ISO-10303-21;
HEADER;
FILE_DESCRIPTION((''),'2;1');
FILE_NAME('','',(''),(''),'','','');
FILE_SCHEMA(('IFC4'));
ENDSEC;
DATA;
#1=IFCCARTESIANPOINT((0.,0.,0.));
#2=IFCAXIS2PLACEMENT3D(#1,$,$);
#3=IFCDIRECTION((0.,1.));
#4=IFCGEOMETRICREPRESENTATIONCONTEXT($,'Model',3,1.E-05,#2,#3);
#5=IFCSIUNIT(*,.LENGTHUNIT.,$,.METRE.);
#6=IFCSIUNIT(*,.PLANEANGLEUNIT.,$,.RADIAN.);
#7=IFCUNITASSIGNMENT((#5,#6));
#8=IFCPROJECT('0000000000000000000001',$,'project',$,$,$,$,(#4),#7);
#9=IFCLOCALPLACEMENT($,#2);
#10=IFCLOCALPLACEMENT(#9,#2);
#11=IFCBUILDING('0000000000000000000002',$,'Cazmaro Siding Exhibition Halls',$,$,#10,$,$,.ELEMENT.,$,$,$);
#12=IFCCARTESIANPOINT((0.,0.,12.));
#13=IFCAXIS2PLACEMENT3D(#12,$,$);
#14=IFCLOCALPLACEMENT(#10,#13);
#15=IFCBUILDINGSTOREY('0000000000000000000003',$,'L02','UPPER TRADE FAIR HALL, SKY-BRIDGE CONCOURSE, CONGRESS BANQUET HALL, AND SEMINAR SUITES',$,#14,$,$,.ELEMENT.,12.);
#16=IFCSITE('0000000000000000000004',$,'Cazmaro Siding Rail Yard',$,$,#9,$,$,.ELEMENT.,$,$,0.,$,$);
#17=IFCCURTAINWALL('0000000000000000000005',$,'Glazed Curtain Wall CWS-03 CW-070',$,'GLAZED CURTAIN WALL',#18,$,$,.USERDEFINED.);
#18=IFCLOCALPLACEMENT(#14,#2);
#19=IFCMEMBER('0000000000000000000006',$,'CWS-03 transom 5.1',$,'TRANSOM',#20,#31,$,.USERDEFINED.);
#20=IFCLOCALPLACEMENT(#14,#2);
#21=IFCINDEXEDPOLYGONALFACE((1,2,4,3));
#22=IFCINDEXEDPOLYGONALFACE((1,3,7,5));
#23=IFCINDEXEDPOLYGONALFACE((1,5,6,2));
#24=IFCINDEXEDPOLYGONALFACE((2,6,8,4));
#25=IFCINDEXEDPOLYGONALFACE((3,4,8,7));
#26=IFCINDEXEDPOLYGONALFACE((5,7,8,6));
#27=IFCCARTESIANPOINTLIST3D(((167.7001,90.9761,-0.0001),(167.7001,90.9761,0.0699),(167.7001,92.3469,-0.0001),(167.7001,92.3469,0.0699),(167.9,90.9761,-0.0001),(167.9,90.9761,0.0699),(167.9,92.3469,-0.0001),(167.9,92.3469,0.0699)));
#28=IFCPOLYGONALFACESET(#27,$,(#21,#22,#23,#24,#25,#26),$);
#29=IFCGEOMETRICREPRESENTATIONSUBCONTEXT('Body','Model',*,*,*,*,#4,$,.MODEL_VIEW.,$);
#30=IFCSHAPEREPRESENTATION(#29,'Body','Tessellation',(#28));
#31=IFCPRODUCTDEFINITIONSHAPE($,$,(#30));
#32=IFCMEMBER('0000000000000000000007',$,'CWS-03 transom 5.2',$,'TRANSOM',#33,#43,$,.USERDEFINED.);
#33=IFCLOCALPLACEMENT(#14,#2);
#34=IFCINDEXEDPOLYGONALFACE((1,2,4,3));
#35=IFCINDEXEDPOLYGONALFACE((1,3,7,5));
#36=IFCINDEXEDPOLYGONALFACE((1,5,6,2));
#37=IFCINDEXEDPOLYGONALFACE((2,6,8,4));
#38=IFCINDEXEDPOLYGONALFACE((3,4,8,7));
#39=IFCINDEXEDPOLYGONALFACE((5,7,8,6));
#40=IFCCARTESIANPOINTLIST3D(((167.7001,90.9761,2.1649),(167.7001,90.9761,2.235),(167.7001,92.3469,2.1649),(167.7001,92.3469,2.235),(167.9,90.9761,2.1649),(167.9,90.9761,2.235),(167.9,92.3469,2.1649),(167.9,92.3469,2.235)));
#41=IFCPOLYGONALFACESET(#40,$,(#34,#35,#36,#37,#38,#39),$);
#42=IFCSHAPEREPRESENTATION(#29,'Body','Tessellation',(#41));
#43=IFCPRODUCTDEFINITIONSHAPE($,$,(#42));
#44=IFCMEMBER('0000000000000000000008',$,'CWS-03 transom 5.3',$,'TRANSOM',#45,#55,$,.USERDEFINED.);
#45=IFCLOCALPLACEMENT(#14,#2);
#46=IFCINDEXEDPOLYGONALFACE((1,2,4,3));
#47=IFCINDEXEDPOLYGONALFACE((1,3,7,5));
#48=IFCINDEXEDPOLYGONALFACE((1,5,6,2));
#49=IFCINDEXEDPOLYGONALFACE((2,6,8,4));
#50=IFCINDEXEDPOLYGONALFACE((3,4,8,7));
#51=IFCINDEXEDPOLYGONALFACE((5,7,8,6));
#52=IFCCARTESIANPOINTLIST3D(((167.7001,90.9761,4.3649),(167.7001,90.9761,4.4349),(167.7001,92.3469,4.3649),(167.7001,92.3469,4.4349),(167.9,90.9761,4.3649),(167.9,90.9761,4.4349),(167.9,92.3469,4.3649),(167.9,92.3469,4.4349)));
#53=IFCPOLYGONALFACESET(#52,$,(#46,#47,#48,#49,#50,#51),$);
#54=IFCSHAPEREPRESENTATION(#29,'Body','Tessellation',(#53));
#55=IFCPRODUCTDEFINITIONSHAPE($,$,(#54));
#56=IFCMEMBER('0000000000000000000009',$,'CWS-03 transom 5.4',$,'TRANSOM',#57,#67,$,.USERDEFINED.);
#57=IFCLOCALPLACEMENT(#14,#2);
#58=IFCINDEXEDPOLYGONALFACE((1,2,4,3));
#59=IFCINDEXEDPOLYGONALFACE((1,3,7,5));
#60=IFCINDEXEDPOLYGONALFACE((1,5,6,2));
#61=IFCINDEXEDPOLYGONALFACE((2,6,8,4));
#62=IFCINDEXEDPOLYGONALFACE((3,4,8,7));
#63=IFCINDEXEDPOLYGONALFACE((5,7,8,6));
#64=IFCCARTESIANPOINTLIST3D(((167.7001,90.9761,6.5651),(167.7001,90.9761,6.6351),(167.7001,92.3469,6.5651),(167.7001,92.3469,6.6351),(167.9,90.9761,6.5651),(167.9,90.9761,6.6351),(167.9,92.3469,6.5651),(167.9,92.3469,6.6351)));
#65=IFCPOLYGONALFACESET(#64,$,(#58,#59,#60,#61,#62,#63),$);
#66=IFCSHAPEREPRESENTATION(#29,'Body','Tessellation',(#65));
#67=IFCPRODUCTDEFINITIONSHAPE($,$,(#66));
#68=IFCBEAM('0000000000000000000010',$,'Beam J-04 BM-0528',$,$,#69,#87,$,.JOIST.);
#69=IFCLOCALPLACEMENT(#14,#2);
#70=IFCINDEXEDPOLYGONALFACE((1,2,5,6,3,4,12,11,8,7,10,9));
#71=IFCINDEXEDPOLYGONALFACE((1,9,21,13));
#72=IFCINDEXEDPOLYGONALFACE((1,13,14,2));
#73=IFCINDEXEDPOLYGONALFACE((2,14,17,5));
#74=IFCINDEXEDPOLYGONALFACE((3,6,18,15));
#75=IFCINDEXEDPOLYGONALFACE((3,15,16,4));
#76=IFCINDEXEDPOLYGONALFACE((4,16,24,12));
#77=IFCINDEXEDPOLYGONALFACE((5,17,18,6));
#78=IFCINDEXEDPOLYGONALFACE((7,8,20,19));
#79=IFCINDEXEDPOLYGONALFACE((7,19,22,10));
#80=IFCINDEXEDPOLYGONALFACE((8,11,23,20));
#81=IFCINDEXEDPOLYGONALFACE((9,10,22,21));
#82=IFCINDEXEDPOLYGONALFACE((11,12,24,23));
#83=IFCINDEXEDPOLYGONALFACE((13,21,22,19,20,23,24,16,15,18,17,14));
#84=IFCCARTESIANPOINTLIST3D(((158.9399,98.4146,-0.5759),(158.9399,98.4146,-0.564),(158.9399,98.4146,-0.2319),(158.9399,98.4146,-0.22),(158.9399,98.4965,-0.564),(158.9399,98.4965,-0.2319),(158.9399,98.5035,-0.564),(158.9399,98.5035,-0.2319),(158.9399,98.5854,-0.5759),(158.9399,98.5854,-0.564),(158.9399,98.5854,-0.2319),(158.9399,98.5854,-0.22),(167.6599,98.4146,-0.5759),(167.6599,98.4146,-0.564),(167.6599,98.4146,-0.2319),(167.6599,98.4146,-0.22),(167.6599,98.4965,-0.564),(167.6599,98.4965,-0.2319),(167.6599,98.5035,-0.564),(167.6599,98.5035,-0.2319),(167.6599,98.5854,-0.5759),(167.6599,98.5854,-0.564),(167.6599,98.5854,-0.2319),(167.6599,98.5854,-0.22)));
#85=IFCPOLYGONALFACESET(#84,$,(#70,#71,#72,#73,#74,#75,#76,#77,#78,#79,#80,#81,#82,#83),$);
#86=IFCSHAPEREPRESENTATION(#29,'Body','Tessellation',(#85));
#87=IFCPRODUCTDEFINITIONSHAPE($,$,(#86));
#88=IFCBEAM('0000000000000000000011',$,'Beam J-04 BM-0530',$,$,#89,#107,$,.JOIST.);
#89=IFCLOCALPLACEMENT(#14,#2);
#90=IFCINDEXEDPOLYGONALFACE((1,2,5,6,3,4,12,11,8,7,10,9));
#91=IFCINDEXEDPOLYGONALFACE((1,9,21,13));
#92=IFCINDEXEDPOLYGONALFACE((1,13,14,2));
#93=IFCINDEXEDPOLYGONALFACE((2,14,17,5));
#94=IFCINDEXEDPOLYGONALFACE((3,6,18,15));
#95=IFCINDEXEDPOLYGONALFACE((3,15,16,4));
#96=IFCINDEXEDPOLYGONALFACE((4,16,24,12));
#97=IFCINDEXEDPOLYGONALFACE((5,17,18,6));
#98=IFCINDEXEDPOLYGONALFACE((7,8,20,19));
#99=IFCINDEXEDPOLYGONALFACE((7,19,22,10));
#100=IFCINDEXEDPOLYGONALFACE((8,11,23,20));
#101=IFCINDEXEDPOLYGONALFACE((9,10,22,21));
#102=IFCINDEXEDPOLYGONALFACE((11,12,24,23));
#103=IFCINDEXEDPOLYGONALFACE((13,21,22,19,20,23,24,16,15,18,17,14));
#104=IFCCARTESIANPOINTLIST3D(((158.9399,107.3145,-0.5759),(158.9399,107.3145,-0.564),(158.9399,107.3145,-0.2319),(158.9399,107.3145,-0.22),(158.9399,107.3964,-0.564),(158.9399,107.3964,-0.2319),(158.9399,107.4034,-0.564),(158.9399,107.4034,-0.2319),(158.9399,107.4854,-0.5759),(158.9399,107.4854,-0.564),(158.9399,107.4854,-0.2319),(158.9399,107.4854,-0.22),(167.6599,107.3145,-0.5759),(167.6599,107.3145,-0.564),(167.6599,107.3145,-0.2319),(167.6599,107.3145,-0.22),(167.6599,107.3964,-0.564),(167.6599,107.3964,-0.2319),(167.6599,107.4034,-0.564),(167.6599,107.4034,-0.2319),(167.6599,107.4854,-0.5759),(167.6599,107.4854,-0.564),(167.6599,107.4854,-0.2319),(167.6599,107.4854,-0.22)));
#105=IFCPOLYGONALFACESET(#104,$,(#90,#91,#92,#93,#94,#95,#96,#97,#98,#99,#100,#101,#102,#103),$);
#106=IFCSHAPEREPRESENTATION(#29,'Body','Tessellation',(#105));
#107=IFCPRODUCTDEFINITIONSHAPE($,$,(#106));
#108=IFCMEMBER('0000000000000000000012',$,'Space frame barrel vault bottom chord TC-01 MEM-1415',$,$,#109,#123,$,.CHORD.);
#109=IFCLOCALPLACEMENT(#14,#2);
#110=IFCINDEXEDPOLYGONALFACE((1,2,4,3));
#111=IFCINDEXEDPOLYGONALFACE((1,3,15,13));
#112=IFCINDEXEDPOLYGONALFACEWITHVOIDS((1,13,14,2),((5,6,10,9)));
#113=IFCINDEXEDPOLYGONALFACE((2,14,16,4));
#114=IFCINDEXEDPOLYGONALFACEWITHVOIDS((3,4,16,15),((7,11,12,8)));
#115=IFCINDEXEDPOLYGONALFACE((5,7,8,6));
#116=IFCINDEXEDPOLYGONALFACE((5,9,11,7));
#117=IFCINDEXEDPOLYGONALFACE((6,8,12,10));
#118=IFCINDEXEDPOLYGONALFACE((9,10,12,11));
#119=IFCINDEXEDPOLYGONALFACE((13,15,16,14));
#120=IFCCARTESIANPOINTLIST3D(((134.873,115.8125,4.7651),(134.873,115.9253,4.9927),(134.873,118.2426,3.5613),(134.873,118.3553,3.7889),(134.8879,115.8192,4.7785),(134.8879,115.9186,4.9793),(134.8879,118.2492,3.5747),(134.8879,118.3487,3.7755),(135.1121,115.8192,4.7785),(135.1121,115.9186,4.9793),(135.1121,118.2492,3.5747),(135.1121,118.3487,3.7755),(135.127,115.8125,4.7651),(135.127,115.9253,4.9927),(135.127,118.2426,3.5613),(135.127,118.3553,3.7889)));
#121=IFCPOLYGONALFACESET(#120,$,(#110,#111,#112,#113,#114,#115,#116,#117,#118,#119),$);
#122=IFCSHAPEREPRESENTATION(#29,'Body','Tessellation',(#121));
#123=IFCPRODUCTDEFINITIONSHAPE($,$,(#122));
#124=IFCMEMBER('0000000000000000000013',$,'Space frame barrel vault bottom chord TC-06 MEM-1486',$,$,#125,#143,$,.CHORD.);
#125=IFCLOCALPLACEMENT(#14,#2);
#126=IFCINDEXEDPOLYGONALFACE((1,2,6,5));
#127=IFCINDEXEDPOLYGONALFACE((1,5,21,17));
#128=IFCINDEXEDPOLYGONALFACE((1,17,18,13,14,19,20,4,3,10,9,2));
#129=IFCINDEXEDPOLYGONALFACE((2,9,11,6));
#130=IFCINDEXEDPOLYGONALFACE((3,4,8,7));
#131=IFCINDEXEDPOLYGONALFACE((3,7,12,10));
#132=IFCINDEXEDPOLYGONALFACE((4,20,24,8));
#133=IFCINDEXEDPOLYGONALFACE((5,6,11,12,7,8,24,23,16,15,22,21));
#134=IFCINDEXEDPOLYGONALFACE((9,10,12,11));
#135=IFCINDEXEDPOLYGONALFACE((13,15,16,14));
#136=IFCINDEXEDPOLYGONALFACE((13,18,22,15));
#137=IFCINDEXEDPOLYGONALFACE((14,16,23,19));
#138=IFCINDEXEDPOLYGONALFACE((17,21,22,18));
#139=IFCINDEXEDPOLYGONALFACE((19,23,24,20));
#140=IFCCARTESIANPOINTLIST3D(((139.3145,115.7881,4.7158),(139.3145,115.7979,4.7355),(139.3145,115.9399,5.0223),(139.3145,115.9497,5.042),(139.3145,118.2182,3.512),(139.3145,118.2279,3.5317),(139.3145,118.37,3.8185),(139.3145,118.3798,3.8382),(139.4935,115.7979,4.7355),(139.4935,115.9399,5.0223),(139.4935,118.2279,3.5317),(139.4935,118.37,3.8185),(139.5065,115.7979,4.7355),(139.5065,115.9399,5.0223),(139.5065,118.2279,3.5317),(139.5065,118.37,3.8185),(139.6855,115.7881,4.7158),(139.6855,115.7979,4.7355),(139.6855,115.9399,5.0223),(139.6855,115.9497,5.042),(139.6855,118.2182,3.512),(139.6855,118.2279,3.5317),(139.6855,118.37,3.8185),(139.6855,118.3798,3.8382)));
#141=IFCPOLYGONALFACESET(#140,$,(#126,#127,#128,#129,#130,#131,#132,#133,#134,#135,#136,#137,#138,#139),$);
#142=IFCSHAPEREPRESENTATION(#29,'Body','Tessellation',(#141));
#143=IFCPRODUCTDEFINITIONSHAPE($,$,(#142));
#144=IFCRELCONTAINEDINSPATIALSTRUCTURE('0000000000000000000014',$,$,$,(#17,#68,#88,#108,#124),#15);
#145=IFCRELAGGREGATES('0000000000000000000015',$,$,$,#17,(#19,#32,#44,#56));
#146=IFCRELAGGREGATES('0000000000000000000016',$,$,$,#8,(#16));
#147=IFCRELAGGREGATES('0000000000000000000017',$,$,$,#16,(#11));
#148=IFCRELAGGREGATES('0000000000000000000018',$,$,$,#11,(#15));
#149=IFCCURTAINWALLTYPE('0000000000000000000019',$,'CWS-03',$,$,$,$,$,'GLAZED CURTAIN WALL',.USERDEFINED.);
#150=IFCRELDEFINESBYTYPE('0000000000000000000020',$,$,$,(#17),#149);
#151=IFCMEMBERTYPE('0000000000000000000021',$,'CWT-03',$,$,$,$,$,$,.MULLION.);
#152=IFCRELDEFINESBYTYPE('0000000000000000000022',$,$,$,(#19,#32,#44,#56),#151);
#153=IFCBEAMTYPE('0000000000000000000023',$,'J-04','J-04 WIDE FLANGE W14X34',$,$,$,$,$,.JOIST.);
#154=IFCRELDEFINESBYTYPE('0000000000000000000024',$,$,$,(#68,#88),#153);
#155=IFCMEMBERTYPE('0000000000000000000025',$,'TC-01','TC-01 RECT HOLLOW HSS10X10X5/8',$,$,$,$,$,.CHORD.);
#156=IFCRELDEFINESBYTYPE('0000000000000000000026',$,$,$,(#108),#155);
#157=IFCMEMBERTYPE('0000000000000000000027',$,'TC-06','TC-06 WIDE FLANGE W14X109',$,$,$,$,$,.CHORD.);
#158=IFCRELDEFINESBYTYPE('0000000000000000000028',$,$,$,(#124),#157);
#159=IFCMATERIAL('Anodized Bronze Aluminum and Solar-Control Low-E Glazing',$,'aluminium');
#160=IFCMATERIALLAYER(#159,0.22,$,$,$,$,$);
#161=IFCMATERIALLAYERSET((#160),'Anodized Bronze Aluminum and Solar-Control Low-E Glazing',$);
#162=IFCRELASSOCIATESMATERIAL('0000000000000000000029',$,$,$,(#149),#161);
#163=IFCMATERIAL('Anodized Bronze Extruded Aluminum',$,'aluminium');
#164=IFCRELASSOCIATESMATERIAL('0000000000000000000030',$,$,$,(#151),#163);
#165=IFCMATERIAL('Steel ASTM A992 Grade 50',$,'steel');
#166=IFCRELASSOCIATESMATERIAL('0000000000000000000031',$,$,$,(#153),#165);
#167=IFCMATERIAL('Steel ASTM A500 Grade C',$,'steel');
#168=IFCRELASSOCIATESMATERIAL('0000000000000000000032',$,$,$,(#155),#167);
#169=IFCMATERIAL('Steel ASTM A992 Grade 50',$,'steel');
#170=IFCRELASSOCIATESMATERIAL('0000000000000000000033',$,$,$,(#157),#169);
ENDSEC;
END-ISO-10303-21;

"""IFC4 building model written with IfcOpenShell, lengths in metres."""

from ifc_helpers import new_model, si_unit, direction, frame, origin, origin_2d, place, context, subcontext, project, spatial, rectangle, hollow_rectangle, i_section, extrude, material, layer, layer_set, material_profile, profile_set, type_object, element, aggregate, save


model = new_model("IFC4")

# Units and contexts
model_context = context("Model", 3, precision=1e-05, world=origin(), true_north=direction((0.0, 1.0)))
body_context = subcontext(model_context, "Body", "Model", "MODEL_VIEW")
ifc_project = project(units=[si_unit("LENGTHUNIT", "METRE"), si_unit("PLANEANGLEUNIT", "RADIAN")], contexts=[model_context])

# Site, building, storey
site_placement = place(None, origin())
site = spatial("IfcSite", under=ifc_project, at=site_placement, Name="Cazmaro Siding Rail Yard", CompositionType="ELEMENT", RefElevation=0.0)
building_placement = place(site_placement, origin())
building = spatial("IfcBuilding", under=site, at=building_placement, Name="Cazmaro Siding Exhibition Halls", CompositionType="ELEMENT")
storey_placement = place(building_placement, frame((0.0, 0.0, 12.0)))
storey = spatial("IfcBuildingStorey", under=building, at=storey_placement, Name="L02", Description="UPPER TRADE FAIR HALL, SKY-BRIDGE CONCOURSE, CONGRESS BANQUET HALL, AND SEMINAR SUITES", CompositionType="ELEMENT", Elevation=12.0)

# Curtain wall, members
ifc_material_1 = material(Name="Anodized Bronze Aluminum and Solar-Control Low-E Glazing", Category="aluminium")
ifc_layer_1 = layer(ifc_material_1, 0.22)
ifc_layer_set_1 = layer_set([ifc_layer_1], Name="Anodized Bronze Aluminum and Solar-Control Low-E Glazing")
curtain_wall_type = type_object("IfcCurtainWallType", Name="CWS-03", ElementType="GLAZED CURTAIN WALL", PredefinedType="USERDEFINED", material=ifc_layer_set_1)
curtain_wall_placement = place(storey_placement, origin())
curtain_wall = element("IfcCurtainWall", 1, at=curtain_wall_placement, inside=storey, type_object=curtain_wall_type, Name="Glazed Curtain Wall CWS-03 CW-070", ObjectType="GLAZED CURTAIN WALL", PredefinedType="USERDEFINED")
ifc_material_2 = material(Name="Anodized Bronze Extruded Aluminum", Category="aluminium")
ifc_material_profile_1 = material_profile(ifc_material_2, rectangle(XDim=0.2, YDim=0.0701, at=origin_2d()), Name="CWT-03")
ifc_profile_set_1 = profile_set([ifc_material_profile_1], Name="Anodized Bronze Extruded Aluminum")
member_type_1 = type_object("IfcMemberType", Name="CWT-03", PredefinedType="MULLION", material=ifc_profile_set_1)
member_1_placement = place(storey_placement, frame((167.8, 90.9761, 0.0349), z_axis=(0.0, 1.0, 0.0), x_axis=(-1.0, 0.0, 0.0)))
member_1 = element("IfcMember", 2, at=member_1_placement, type_object=member_type_1, Name="CWS-03 transom 5.1", ObjectType="TRANSOM", PredefinedType="USERDEFINED", context=body_context, shape_type="SweptSolid", body=[
    extrude(rectangle(XDim=0.2, YDim=0.0701, at=origin_2d()), origin(), (0.0, 0.0, 1.0), 1.3708),
])
member_2_placement = place(storey_placement, frame((167.8, 90.9761, 2.2), z_axis=(0.0, 1.0, 0.0), x_axis=(-1.0, 0.0, 0.0)))
member_2 = element("IfcMember", 3, at=member_2_placement, type_object=member_type_1, Name="CWS-03 transom 5.2", ObjectType="TRANSOM", PredefinedType="USERDEFINED", context=body_context, shape_type="SweptSolid", body=[
    extrude(rectangle(XDim=0.2, YDim=0.0701, at=origin_2d()), origin(), (0.0, 0.0, 1.0), 1.3708),
])
member_3_placement = place(storey_placement, frame((167.8, 90.9761, 4.3999), z_axis=(0.0, 1.0, 0.0), x_axis=(-1.0, 0.0, 0.0)))
member_3 = element("IfcMember", 4, at=member_3_placement, type_object=member_type_1, Name="CWS-03 transom 5.3", ObjectType="TRANSOM", PredefinedType="USERDEFINED", context=body_context, shape_type="SweptSolid", body=[
    extrude(rectangle(XDim=0.2, YDim=0.0701, at=origin_2d()), origin(), (0.0, 0.0, 1.0), 1.3708),
])
member_4_placement = place(storey_placement, frame((167.8, 90.9761, 6.6001), z_axis=(0.0, 1.0, 0.0), x_axis=(-1.0, 0.0, 0.0)))
member_4 = element("IfcMember", 5, at=member_4_placement, type_object=member_type_1, Name="CWS-03 transom 5.4", ObjectType="TRANSOM", PredefinedType="USERDEFINED", context=body_context, shape_type="SweptSolid", body=[
    extrude(rectangle(XDim=0.2, YDim=0.0701, at=origin_2d()), origin(), (0.0, 0.0, 1.0), 1.3708),
])

# Beams
ifc_material_3 = material(Name="Steel ASTM A992 Grade 50", Category="steel")
ifc_material_profile_2 = material_profile(ifc_material_3, i_section(OverallWidth=0.1709, OverallDepth=0.356, WebThickness=0.0071, FlangeThickness=0.012, at=origin_2d()), Name="W14X34")
ifc_profile_set_2 = profile_set([ifc_material_profile_2], Name="Steel ASTM A992 Grade 50")
beam_type_1 = type_object("IfcBeamType", Name="J-04", Description="J-04 WIDE FLANGE W14X34", PredefinedType="JOIST", material=ifc_profile_set_2)
for number, where, z_axis, x_axis, name in (
    (6, (158.9399, 98.5, -0.3979), (1.0, 0.0, 0.0), (0.0, 1.0, 0.0), "Beam J-04 BM-0528"),
    (7, (158.9399, 107.3999, -0.3979), (1.0, 0.0, 0.0), (0.0, 1.0, 0.0), "Beam J-04 BM-0530"),
):
    element("IfcBeam", number, at=place(storey_placement, frame(where, z_axis=z_axis, x_axis=x_axis)), inside=storey, type_object=beam_type_1, Name=name, PredefinedType="JOIST", context=body_context, shape_type="SweptSolid", body=[
        extrude(i_section(OverallWidth=0.1709, OverallDepth=0.356, WebThickness=0.0071, FlangeThickness=0.012, at=origin_2d()), origin(), (0.0, 0.0, 1.0), 8.72),
    ])

# Members
ifc_material_4 = material(Name="Steel ASTM A500 Grade C", Category="steel")
ifc_material_profile_3 = material_profile(ifc_material_4, hollow_rectangle(XDim=0.2539, YDim=0.2539, WallThickness=0.0149, at=origin_2d()), Name="HSS10X10X5/8")
ifc_profile_set_3 = profile_set([ifc_material_profile_3], Name="Steel ASTM A500 Grade C")
member_type_2 = type_object("IfcMemberType", Name="TC-01", Description="TC-01 RECT HOLLOW HSS10X10X5/8", PredefinedType="CHORD", material=ifc_profile_set_3)
member_5_placement = place(storey_placement, frame((135.0, 115.8689, 4.8789), z_axis=(0.0, 0.896077, -0.443898), x_axis=(-1.0, 0.0, 0.0)))
element("IfcMember", 8, at=member_5_placement, inside=storey, type_object=member_type_2, Name="Space frame barrel vault bottom chord TC-01 MEM-1415", PredefinedType="CHORD", context=body_context, shape_type="SweptSolid", body=[
    extrude(hollow_rectangle(XDim=0.2539, YDim=0.2539, WallThickness=0.0149, at=origin_2d()), origin(), (0.0, 0.0, 1.0), 2.7119),
])
ifc_material_5 = material(Name="Steel ASTM A992 Grade 50", Category="steel")
ifc_material_profile_4 = material_profile(ifc_material_5, i_section(OverallWidth=0.3711, OverallDepth=0.364, WebThickness=0.0129, FlangeThickness=0.022, at=origin_2d()), Name="W14X109")
ifc_profile_set_4 = profile_set([ifc_material_profile_4], Name="Steel ASTM A992 Grade 50")
member_type_3 = type_object("IfcMemberType", Name="TC-06", Description="TC-06 WIDE FLANGE W14X109", PredefinedType="CHORD", material=ifc_profile_set_4)
member_6_placement = place(storey_placement, frame((139.5, 115.8689, 4.8789), z_axis=(0.0, 0.896077, -0.443898), x_axis=(-1.0, 0.0, 0.0)))
element("IfcMember", 9, at=member_6_placement, inside=storey, type_object=member_type_3, Name="Space frame barrel vault bottom chord TC-06 MEM-1486", PredefinedType="CHORD", context=body_context, shape_type="SweptSolid", body=[
    extrude(i_section(OverallWidth=0.3711, OverallDepth=0.364, WebThickness=0.0129, FlangeThickness=0.022, at=origin_2d()), origin(), (0.0, 0.0, 1.0), 2.7119),
])

aggregate(curtain_wall, [member_1, member_2, member_3, member_4])

save(model, "model.ifc")
